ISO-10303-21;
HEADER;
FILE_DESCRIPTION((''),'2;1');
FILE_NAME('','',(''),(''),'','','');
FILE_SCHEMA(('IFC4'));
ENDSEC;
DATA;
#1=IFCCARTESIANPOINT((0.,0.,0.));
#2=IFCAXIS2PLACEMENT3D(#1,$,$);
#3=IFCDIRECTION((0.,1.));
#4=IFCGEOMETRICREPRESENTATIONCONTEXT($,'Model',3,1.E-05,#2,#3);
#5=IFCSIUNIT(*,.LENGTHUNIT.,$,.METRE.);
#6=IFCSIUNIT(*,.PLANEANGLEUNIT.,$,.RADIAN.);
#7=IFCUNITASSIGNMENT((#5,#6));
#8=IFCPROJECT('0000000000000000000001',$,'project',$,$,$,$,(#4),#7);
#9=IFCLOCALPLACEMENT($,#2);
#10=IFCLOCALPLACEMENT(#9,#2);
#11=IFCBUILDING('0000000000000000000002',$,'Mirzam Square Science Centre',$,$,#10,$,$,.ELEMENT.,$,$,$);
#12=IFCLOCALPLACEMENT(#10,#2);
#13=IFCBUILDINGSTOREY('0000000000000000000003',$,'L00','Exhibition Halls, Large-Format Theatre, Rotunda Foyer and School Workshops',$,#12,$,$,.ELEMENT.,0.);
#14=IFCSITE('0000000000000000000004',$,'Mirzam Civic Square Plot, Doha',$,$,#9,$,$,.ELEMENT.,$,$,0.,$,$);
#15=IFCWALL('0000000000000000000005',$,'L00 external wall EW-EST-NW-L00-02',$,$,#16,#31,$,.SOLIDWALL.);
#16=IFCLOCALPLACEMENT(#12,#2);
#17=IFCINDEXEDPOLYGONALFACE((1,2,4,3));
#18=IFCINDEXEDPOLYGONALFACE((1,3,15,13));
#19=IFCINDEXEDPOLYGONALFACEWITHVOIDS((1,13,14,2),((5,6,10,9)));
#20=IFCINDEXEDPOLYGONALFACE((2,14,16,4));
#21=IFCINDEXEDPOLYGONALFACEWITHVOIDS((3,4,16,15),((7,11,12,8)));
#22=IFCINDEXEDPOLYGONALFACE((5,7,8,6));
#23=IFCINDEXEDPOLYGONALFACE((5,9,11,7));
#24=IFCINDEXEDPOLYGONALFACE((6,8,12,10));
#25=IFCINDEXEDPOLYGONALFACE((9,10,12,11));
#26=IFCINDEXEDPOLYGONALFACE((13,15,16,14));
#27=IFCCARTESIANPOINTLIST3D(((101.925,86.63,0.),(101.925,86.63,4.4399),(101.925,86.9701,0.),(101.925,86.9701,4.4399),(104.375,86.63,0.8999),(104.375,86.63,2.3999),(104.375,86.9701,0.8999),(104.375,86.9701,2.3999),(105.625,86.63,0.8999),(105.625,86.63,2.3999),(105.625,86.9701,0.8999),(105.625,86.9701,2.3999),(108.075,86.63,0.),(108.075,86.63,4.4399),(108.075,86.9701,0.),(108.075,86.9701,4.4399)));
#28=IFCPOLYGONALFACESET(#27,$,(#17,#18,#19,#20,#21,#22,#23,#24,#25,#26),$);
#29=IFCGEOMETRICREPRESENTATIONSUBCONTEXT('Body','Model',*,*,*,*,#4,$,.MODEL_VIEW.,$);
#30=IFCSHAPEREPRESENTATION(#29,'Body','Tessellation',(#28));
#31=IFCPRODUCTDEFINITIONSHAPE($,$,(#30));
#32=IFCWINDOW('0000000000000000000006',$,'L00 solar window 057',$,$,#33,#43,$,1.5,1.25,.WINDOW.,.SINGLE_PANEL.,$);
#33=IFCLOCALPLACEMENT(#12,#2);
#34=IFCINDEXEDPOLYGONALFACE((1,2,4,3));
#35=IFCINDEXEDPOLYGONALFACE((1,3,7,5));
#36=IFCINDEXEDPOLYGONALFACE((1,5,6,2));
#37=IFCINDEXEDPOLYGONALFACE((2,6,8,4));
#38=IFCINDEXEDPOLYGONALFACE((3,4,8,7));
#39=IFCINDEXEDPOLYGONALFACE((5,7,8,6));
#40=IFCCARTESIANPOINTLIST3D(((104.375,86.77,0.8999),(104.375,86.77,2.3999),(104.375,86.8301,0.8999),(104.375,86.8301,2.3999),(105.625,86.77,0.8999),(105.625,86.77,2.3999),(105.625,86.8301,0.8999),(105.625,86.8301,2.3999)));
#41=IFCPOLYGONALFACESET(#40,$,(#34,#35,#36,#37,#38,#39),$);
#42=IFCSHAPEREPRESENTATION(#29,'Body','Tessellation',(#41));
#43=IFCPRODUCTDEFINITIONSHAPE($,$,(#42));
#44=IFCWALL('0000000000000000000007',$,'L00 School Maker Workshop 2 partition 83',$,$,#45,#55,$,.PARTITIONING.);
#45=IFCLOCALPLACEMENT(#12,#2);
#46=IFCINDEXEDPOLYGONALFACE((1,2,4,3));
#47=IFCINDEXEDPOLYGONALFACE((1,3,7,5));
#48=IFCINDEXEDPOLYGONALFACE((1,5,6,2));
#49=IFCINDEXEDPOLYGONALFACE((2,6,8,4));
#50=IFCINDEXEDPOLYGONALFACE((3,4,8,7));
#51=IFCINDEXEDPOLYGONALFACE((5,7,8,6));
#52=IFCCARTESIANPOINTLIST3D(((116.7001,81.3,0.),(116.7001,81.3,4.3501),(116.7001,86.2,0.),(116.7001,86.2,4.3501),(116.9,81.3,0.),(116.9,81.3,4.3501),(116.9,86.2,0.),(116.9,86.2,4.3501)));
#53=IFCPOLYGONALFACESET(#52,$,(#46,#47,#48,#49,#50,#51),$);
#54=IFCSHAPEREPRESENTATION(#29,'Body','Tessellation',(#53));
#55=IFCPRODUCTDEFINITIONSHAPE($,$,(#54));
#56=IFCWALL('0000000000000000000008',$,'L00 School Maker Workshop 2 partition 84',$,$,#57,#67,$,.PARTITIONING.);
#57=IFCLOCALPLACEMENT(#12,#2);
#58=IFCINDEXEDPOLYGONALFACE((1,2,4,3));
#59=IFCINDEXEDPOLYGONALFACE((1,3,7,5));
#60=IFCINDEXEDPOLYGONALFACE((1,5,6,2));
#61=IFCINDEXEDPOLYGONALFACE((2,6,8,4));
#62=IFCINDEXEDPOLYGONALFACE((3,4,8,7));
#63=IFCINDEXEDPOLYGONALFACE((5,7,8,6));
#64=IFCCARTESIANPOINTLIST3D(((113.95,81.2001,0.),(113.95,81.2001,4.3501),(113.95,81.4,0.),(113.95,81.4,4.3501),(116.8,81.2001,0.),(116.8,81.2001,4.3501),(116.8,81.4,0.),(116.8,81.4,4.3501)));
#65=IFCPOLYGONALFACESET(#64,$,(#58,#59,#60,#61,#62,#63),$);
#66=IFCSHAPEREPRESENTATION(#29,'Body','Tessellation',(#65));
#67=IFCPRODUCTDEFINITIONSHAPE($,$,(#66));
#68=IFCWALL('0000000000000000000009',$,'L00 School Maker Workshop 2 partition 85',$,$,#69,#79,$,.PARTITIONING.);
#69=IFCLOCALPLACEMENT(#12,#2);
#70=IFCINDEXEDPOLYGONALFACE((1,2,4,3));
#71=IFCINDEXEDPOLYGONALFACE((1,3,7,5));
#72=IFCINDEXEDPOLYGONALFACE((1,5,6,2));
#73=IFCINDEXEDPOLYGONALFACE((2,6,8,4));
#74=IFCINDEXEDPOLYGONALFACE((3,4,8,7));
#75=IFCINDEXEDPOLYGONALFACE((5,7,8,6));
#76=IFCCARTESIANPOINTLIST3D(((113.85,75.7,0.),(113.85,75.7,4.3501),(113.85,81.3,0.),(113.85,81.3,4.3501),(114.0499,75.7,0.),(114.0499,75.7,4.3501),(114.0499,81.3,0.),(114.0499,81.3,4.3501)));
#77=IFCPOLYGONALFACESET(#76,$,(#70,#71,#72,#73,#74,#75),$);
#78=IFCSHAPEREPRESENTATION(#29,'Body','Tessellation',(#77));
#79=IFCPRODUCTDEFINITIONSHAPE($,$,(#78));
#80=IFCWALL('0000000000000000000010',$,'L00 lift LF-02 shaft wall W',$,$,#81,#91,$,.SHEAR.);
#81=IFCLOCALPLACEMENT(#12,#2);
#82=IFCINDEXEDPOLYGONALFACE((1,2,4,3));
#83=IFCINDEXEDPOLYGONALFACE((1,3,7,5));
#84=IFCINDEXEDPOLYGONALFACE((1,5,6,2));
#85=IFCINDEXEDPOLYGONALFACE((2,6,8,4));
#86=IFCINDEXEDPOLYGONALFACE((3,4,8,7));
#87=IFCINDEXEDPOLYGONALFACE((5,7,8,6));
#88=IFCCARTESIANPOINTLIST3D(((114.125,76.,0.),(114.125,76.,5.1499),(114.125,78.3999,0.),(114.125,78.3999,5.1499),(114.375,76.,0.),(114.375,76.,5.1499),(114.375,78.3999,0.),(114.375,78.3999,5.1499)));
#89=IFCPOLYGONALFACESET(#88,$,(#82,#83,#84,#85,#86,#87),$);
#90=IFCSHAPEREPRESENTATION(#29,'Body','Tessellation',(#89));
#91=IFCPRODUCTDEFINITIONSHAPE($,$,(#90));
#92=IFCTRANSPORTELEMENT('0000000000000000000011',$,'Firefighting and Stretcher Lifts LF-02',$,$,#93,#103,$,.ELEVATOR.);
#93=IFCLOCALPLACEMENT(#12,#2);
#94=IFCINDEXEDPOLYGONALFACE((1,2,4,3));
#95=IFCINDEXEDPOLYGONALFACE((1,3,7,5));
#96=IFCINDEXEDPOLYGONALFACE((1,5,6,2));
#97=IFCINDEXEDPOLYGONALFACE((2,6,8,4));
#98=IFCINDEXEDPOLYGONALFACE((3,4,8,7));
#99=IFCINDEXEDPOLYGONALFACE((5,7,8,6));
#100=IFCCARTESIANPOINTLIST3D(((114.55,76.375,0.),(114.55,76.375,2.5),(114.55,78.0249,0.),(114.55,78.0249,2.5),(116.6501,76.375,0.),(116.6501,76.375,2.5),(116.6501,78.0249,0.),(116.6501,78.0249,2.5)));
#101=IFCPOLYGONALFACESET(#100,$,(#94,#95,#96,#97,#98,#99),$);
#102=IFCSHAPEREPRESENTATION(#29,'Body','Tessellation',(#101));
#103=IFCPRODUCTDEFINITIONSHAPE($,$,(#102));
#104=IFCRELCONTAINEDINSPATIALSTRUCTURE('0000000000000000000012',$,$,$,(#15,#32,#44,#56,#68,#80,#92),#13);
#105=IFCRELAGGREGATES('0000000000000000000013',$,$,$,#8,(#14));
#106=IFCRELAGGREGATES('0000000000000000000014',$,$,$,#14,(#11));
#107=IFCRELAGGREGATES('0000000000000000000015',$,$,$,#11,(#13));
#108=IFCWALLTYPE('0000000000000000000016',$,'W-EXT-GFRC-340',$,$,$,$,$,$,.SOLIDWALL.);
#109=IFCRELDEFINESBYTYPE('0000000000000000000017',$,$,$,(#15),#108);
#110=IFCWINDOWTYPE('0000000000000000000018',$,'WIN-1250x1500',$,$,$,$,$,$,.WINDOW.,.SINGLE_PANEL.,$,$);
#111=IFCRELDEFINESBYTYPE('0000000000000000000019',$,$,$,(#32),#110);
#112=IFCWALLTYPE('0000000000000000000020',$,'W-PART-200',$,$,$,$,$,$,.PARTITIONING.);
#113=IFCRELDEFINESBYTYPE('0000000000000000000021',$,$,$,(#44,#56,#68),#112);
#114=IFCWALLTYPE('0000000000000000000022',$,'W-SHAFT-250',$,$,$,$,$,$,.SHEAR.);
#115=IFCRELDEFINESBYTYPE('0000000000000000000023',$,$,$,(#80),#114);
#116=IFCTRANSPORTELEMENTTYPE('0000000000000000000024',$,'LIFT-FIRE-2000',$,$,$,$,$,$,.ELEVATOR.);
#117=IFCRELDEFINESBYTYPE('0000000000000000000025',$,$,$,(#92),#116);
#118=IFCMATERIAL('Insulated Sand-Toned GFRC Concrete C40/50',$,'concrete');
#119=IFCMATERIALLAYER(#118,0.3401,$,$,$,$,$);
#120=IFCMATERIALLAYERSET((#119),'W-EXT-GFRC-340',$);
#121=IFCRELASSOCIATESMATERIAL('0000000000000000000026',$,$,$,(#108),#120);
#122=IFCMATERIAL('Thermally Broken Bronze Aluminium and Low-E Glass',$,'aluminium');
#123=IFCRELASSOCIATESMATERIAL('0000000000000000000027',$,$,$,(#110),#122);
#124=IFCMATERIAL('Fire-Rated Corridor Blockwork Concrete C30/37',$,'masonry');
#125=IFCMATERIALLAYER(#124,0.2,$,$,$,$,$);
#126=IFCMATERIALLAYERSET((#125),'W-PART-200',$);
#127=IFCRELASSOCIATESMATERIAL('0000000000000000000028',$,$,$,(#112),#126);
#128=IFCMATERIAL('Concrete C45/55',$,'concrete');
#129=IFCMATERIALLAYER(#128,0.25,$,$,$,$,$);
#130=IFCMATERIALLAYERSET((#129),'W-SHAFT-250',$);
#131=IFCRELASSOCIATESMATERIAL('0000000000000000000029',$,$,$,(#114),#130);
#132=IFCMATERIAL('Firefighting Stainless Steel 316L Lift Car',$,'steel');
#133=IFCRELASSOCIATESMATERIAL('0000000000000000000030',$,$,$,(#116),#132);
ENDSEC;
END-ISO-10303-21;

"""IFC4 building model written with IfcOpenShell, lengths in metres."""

from ifc_helpers import new_model, si_unit, direction, frame, frame_2d, origin, origin_2d, place, context, subcontext, project, spatial, rectangle, extrude, material, layer, layer_set, type_object, element, fill, save


model = new_model("IFC4")

# Units and contexts
model_context = context("Model", 3, precision=1e-05, world=origin(), true_north=direction((0.0, 1.0)))
body_context = subcontext(model_context, "Body", "Model", "MODEL_VIEW")
ifc_project = project(units=[si_unit("LENGTHUNIT", "METRE"), si_unit("PLANEANGLEUNIT", "RADIAN")], contexts=[model_context])

# Site, building, storey
site_placement = place(None, origin())
site = spatial("IfcSite", under=ifc_project, at=site_placement, Name="Mirzam Civic Square Plot, Doha", CompositionType="ELEMENT", RefElevation=0.0)
building_placement = place(site_placement, origin())
building = spatial("IfcBuilding", under=site, at=building_placement, Name="Mirzam Square Science Centre", CompositionType="ELEMENT")
storey_placement = place(building_placement, origin())
storey = spatial("IfcBuildingStorey", under=building, at=storey_placement, Name="L00", Description="Exhibition Halls, Large-Format Theatre, Rotunda Foyer and School Workshops", CompositionType="ELEMENT", Elevation=0.0)

# Shared definitions
ifc_material_1 = material(Name="Concrete C45/55", Category="concrete")

# Wall, opening, window
ifc_material_2 = material(Name="Insulated Sand-Toned GFRC Concrete C40/50", Category="concrete")
ifc_layer_1 = layer(ifc_material_2, 0.3401)
ifc_layer_set_1 = layer_set([ifc_layer_1], Name="W-EXT-GFRC-340")
wall_type_1 = type_object("IfcWallType", Name="W-EXT-GFRC-340", PredefinedType="SOLIDWALL", material=ifc_layer_set_1)
wall_1_placement = place(storey_placement, frame((108.075, 86.8, 0.0), z_axis=(0.0, 0.0, 1.0), x_axis=(-1.0, 0.0, 0.0)))
wall_1 = element("IfcWall", 1, at=wall_1_placement, inside=storey, type_object=wall_type_1, Name="L00 external wall EW-EST-NW-L00-02", PredefinedType="SOLIDWALL", context=body_context, shape_type="SweptSolid", body=[
    extrude(rectangle(XDim=6.1499, YDim=0.3401, at=frame_2d((3.075, 0.0))), origin(), (0.0, 0.0, 1.0), 4.4399),
])
opening_1_placement = place(wall_1_placement, frame((2.45, 0.0, 0.8999)))
opening_1 = element("IfcOpeningElement", 2, at=opening_1_placement, cuts=wall_1, PredefinedType="OPENING", context=body_context, shape_type="SweptSolid", body=[
    extrude(rectangle(XDim=1.25, YDim=1.5, at=frame_2d((0.625, 0.75))), frame((0.0, 0.1799, 0.0), z_axis=(0.0, -1.0, 0.0), x_axis=(1.0, 0.0, 0.0)), (0.0, 0.0, 1.0), 0.3601),
])
ifc_material_3 = material(Name="Thermally Broken Bronze Aluminium and Low-E Glass", Category="aluminium")
window_type = type_object("IfcWindowType", Name="WIN-1250x1500", PartitioningType="SINGLE_PANEL", PredefinedType="WINDOW", material=ifc_material_3)
window_placement = place(opening_1_placement, origin())
window = element("IfcWindow", 3, at=window_placement, inside=storey, type_object=window_type, Name="L00 solar window 057", OverallHeight=1.5, OverallWidth=1.25, PartitioningType="SINGLE_PANEL", PredefinedType="WINDOW", context=body_context, shape_type="SweptSolid", body=[
    extrude(rectangle(XDim=1.25, YDim=1.5, at=frame_2d((0.625, 0.75))), frame((0.0, 0.03, 0.0), z_axis=(0.0, -1.0, 0.0), x_axis=(1.0, 0.0, 0.0)), (0.0, 0.0, 1.0), 0.0601),
])
fill(opening_1, window)

# Walls
ifc_material_4 = material(Name="Fire-Rated Corridor Blockwork Concrete C30/37", Category="masonry")
ifc_layer_2 = layer(ifc_material_4, 0.2)
ifc_layer_set_2 = layer_set([ifc_layer_2], Name="W-PART-200")
wall_type_2 = type_object("IfcWallType", Name="W-PART-200", PredefinedType="PARTITIONING", material=ifc_layer_set_2)
wall_2_placement = place(storey_placement, frame((116.8, 86.2, 0.0), z_axis=(0.0, 0.0, 1.0), x_axis=(0.0, -1.0, 0.0)))
element("IfcWall", 4, at=wall_2_placement, inside=storey, type_object=wall_type_2, Name="L00 School Maker Workshop 2 partition 83", PredefinedType="PARTITIONING", context=body_context, shape_type="SweptSolid", body=[
    extrude(rectangle(XDim=4.8999, YDim=0.2, at=frame_2d((2.45, 0.0))), origin(), (0.0, 0.0, 1.0), 4.3501),
])
wall_3_placement = place(storey_placement, frame((116.8, 81.3, 0.0), z_axis=(0.0, 0.0, 1.0), x_axis=(-1.0, 0.0, 0.0)))
element("IfcWall", 5, at=wall_3_placement, inside=storey, type_object=wall_type_2, Name="L00 School Maker Workshop 2 partition 84", PredefinedType="PARTITIONING", context=body_context, shape_type="SweptSolid", body=[
    extrude(rectangle(XDim=2.8501, YDim=0.2, at=frame_2d((1.425, 0.0))), origin(), (0.0, 0.0, 1.0), 4.3501),
])
wall_4_placement = place(storey_placement, frame((113.95, 81.3, 0.0), z_axis=(0.0, 0.0, 1.0), x_axis=(0.0, -1.0, 0.0)))
element("IfcWall", 6, at=wall_4_placement, inside=storey, type_object=wall_type_2, Name="L00 School Maker Workshop 2 partition 85", PredefinedType="PARTITIONING", context=body_context, shape_type="SweptSolid", body=[
    extrude(rectangle(XDim=5.6001, YDim=0.2, at=frame_2d((2.8, 0.0))), origin(), (0.0, 0.0, 1.0), 4.3501),
])
ifc_layer_3 = layer(ifc_material_1, 0.25)
ifc_layer_set_3 = layer_set([ifc_layer_3], Name="W-SHAFT-250")
wall_type_3 = type_object("IfcWallType", Name="W-SHAFT-250", PredefinedType="SHEAR", material=ifc_layer_set_3)
wall_5_placement = place(storey_placement, frame((114.25, 78.3999, 0.0), z_axis=(0.0, 0.0, 1.0), x_axis=(0.0, -1.0, 0.0)))
element("IfcWall", 7, at=wall_5_placement, inside=storey, type_object=wall_type_3, Name="L00 lift LF-02 shaft wall W", PredefinedType="SHEAR", context=body_context, shape_type="SweptSolid", body=[
    extrude(rectangle(XDim=2.3999, YDim=0.25, at=frame_2d((1.2, 0.0))), origin(), (0.0, 0.0, 1.0), 5.1499),
])

# Transport element
ifc_material_5 = material(Name="Firefighting Stainless Steel 316L Lift Car", Category="steel")
transport_element_type = type_object("IfcTransportElementType", Name="LIFT-FIRE-2000", PredefinedType="ELEVATOR", material=ifc_material_5)
transport_element_placement = place(storey_placement, frame((115.6001, 77.2, 0.0), z_axis=(0.0, 0.0, 1.0), x_axis=(1.0, 0.0, 0.0)))
element("IfcTransportElement", 8, at=transport_element_placement, inside=storey, type_object=transport_element_type, Name="Firefighting and Stretcher Lifts LF-02", PredefinedType="ELEVATOR", context=body_context, shape_type="SweptSolid", body=[
    extrude(rectangle(XDim=2.1001, YDim=1.6499, at=origin_2d()), origin(), (0.0, 0.0, 1.0), 2.5),
])

save(model, "model.ifc")
